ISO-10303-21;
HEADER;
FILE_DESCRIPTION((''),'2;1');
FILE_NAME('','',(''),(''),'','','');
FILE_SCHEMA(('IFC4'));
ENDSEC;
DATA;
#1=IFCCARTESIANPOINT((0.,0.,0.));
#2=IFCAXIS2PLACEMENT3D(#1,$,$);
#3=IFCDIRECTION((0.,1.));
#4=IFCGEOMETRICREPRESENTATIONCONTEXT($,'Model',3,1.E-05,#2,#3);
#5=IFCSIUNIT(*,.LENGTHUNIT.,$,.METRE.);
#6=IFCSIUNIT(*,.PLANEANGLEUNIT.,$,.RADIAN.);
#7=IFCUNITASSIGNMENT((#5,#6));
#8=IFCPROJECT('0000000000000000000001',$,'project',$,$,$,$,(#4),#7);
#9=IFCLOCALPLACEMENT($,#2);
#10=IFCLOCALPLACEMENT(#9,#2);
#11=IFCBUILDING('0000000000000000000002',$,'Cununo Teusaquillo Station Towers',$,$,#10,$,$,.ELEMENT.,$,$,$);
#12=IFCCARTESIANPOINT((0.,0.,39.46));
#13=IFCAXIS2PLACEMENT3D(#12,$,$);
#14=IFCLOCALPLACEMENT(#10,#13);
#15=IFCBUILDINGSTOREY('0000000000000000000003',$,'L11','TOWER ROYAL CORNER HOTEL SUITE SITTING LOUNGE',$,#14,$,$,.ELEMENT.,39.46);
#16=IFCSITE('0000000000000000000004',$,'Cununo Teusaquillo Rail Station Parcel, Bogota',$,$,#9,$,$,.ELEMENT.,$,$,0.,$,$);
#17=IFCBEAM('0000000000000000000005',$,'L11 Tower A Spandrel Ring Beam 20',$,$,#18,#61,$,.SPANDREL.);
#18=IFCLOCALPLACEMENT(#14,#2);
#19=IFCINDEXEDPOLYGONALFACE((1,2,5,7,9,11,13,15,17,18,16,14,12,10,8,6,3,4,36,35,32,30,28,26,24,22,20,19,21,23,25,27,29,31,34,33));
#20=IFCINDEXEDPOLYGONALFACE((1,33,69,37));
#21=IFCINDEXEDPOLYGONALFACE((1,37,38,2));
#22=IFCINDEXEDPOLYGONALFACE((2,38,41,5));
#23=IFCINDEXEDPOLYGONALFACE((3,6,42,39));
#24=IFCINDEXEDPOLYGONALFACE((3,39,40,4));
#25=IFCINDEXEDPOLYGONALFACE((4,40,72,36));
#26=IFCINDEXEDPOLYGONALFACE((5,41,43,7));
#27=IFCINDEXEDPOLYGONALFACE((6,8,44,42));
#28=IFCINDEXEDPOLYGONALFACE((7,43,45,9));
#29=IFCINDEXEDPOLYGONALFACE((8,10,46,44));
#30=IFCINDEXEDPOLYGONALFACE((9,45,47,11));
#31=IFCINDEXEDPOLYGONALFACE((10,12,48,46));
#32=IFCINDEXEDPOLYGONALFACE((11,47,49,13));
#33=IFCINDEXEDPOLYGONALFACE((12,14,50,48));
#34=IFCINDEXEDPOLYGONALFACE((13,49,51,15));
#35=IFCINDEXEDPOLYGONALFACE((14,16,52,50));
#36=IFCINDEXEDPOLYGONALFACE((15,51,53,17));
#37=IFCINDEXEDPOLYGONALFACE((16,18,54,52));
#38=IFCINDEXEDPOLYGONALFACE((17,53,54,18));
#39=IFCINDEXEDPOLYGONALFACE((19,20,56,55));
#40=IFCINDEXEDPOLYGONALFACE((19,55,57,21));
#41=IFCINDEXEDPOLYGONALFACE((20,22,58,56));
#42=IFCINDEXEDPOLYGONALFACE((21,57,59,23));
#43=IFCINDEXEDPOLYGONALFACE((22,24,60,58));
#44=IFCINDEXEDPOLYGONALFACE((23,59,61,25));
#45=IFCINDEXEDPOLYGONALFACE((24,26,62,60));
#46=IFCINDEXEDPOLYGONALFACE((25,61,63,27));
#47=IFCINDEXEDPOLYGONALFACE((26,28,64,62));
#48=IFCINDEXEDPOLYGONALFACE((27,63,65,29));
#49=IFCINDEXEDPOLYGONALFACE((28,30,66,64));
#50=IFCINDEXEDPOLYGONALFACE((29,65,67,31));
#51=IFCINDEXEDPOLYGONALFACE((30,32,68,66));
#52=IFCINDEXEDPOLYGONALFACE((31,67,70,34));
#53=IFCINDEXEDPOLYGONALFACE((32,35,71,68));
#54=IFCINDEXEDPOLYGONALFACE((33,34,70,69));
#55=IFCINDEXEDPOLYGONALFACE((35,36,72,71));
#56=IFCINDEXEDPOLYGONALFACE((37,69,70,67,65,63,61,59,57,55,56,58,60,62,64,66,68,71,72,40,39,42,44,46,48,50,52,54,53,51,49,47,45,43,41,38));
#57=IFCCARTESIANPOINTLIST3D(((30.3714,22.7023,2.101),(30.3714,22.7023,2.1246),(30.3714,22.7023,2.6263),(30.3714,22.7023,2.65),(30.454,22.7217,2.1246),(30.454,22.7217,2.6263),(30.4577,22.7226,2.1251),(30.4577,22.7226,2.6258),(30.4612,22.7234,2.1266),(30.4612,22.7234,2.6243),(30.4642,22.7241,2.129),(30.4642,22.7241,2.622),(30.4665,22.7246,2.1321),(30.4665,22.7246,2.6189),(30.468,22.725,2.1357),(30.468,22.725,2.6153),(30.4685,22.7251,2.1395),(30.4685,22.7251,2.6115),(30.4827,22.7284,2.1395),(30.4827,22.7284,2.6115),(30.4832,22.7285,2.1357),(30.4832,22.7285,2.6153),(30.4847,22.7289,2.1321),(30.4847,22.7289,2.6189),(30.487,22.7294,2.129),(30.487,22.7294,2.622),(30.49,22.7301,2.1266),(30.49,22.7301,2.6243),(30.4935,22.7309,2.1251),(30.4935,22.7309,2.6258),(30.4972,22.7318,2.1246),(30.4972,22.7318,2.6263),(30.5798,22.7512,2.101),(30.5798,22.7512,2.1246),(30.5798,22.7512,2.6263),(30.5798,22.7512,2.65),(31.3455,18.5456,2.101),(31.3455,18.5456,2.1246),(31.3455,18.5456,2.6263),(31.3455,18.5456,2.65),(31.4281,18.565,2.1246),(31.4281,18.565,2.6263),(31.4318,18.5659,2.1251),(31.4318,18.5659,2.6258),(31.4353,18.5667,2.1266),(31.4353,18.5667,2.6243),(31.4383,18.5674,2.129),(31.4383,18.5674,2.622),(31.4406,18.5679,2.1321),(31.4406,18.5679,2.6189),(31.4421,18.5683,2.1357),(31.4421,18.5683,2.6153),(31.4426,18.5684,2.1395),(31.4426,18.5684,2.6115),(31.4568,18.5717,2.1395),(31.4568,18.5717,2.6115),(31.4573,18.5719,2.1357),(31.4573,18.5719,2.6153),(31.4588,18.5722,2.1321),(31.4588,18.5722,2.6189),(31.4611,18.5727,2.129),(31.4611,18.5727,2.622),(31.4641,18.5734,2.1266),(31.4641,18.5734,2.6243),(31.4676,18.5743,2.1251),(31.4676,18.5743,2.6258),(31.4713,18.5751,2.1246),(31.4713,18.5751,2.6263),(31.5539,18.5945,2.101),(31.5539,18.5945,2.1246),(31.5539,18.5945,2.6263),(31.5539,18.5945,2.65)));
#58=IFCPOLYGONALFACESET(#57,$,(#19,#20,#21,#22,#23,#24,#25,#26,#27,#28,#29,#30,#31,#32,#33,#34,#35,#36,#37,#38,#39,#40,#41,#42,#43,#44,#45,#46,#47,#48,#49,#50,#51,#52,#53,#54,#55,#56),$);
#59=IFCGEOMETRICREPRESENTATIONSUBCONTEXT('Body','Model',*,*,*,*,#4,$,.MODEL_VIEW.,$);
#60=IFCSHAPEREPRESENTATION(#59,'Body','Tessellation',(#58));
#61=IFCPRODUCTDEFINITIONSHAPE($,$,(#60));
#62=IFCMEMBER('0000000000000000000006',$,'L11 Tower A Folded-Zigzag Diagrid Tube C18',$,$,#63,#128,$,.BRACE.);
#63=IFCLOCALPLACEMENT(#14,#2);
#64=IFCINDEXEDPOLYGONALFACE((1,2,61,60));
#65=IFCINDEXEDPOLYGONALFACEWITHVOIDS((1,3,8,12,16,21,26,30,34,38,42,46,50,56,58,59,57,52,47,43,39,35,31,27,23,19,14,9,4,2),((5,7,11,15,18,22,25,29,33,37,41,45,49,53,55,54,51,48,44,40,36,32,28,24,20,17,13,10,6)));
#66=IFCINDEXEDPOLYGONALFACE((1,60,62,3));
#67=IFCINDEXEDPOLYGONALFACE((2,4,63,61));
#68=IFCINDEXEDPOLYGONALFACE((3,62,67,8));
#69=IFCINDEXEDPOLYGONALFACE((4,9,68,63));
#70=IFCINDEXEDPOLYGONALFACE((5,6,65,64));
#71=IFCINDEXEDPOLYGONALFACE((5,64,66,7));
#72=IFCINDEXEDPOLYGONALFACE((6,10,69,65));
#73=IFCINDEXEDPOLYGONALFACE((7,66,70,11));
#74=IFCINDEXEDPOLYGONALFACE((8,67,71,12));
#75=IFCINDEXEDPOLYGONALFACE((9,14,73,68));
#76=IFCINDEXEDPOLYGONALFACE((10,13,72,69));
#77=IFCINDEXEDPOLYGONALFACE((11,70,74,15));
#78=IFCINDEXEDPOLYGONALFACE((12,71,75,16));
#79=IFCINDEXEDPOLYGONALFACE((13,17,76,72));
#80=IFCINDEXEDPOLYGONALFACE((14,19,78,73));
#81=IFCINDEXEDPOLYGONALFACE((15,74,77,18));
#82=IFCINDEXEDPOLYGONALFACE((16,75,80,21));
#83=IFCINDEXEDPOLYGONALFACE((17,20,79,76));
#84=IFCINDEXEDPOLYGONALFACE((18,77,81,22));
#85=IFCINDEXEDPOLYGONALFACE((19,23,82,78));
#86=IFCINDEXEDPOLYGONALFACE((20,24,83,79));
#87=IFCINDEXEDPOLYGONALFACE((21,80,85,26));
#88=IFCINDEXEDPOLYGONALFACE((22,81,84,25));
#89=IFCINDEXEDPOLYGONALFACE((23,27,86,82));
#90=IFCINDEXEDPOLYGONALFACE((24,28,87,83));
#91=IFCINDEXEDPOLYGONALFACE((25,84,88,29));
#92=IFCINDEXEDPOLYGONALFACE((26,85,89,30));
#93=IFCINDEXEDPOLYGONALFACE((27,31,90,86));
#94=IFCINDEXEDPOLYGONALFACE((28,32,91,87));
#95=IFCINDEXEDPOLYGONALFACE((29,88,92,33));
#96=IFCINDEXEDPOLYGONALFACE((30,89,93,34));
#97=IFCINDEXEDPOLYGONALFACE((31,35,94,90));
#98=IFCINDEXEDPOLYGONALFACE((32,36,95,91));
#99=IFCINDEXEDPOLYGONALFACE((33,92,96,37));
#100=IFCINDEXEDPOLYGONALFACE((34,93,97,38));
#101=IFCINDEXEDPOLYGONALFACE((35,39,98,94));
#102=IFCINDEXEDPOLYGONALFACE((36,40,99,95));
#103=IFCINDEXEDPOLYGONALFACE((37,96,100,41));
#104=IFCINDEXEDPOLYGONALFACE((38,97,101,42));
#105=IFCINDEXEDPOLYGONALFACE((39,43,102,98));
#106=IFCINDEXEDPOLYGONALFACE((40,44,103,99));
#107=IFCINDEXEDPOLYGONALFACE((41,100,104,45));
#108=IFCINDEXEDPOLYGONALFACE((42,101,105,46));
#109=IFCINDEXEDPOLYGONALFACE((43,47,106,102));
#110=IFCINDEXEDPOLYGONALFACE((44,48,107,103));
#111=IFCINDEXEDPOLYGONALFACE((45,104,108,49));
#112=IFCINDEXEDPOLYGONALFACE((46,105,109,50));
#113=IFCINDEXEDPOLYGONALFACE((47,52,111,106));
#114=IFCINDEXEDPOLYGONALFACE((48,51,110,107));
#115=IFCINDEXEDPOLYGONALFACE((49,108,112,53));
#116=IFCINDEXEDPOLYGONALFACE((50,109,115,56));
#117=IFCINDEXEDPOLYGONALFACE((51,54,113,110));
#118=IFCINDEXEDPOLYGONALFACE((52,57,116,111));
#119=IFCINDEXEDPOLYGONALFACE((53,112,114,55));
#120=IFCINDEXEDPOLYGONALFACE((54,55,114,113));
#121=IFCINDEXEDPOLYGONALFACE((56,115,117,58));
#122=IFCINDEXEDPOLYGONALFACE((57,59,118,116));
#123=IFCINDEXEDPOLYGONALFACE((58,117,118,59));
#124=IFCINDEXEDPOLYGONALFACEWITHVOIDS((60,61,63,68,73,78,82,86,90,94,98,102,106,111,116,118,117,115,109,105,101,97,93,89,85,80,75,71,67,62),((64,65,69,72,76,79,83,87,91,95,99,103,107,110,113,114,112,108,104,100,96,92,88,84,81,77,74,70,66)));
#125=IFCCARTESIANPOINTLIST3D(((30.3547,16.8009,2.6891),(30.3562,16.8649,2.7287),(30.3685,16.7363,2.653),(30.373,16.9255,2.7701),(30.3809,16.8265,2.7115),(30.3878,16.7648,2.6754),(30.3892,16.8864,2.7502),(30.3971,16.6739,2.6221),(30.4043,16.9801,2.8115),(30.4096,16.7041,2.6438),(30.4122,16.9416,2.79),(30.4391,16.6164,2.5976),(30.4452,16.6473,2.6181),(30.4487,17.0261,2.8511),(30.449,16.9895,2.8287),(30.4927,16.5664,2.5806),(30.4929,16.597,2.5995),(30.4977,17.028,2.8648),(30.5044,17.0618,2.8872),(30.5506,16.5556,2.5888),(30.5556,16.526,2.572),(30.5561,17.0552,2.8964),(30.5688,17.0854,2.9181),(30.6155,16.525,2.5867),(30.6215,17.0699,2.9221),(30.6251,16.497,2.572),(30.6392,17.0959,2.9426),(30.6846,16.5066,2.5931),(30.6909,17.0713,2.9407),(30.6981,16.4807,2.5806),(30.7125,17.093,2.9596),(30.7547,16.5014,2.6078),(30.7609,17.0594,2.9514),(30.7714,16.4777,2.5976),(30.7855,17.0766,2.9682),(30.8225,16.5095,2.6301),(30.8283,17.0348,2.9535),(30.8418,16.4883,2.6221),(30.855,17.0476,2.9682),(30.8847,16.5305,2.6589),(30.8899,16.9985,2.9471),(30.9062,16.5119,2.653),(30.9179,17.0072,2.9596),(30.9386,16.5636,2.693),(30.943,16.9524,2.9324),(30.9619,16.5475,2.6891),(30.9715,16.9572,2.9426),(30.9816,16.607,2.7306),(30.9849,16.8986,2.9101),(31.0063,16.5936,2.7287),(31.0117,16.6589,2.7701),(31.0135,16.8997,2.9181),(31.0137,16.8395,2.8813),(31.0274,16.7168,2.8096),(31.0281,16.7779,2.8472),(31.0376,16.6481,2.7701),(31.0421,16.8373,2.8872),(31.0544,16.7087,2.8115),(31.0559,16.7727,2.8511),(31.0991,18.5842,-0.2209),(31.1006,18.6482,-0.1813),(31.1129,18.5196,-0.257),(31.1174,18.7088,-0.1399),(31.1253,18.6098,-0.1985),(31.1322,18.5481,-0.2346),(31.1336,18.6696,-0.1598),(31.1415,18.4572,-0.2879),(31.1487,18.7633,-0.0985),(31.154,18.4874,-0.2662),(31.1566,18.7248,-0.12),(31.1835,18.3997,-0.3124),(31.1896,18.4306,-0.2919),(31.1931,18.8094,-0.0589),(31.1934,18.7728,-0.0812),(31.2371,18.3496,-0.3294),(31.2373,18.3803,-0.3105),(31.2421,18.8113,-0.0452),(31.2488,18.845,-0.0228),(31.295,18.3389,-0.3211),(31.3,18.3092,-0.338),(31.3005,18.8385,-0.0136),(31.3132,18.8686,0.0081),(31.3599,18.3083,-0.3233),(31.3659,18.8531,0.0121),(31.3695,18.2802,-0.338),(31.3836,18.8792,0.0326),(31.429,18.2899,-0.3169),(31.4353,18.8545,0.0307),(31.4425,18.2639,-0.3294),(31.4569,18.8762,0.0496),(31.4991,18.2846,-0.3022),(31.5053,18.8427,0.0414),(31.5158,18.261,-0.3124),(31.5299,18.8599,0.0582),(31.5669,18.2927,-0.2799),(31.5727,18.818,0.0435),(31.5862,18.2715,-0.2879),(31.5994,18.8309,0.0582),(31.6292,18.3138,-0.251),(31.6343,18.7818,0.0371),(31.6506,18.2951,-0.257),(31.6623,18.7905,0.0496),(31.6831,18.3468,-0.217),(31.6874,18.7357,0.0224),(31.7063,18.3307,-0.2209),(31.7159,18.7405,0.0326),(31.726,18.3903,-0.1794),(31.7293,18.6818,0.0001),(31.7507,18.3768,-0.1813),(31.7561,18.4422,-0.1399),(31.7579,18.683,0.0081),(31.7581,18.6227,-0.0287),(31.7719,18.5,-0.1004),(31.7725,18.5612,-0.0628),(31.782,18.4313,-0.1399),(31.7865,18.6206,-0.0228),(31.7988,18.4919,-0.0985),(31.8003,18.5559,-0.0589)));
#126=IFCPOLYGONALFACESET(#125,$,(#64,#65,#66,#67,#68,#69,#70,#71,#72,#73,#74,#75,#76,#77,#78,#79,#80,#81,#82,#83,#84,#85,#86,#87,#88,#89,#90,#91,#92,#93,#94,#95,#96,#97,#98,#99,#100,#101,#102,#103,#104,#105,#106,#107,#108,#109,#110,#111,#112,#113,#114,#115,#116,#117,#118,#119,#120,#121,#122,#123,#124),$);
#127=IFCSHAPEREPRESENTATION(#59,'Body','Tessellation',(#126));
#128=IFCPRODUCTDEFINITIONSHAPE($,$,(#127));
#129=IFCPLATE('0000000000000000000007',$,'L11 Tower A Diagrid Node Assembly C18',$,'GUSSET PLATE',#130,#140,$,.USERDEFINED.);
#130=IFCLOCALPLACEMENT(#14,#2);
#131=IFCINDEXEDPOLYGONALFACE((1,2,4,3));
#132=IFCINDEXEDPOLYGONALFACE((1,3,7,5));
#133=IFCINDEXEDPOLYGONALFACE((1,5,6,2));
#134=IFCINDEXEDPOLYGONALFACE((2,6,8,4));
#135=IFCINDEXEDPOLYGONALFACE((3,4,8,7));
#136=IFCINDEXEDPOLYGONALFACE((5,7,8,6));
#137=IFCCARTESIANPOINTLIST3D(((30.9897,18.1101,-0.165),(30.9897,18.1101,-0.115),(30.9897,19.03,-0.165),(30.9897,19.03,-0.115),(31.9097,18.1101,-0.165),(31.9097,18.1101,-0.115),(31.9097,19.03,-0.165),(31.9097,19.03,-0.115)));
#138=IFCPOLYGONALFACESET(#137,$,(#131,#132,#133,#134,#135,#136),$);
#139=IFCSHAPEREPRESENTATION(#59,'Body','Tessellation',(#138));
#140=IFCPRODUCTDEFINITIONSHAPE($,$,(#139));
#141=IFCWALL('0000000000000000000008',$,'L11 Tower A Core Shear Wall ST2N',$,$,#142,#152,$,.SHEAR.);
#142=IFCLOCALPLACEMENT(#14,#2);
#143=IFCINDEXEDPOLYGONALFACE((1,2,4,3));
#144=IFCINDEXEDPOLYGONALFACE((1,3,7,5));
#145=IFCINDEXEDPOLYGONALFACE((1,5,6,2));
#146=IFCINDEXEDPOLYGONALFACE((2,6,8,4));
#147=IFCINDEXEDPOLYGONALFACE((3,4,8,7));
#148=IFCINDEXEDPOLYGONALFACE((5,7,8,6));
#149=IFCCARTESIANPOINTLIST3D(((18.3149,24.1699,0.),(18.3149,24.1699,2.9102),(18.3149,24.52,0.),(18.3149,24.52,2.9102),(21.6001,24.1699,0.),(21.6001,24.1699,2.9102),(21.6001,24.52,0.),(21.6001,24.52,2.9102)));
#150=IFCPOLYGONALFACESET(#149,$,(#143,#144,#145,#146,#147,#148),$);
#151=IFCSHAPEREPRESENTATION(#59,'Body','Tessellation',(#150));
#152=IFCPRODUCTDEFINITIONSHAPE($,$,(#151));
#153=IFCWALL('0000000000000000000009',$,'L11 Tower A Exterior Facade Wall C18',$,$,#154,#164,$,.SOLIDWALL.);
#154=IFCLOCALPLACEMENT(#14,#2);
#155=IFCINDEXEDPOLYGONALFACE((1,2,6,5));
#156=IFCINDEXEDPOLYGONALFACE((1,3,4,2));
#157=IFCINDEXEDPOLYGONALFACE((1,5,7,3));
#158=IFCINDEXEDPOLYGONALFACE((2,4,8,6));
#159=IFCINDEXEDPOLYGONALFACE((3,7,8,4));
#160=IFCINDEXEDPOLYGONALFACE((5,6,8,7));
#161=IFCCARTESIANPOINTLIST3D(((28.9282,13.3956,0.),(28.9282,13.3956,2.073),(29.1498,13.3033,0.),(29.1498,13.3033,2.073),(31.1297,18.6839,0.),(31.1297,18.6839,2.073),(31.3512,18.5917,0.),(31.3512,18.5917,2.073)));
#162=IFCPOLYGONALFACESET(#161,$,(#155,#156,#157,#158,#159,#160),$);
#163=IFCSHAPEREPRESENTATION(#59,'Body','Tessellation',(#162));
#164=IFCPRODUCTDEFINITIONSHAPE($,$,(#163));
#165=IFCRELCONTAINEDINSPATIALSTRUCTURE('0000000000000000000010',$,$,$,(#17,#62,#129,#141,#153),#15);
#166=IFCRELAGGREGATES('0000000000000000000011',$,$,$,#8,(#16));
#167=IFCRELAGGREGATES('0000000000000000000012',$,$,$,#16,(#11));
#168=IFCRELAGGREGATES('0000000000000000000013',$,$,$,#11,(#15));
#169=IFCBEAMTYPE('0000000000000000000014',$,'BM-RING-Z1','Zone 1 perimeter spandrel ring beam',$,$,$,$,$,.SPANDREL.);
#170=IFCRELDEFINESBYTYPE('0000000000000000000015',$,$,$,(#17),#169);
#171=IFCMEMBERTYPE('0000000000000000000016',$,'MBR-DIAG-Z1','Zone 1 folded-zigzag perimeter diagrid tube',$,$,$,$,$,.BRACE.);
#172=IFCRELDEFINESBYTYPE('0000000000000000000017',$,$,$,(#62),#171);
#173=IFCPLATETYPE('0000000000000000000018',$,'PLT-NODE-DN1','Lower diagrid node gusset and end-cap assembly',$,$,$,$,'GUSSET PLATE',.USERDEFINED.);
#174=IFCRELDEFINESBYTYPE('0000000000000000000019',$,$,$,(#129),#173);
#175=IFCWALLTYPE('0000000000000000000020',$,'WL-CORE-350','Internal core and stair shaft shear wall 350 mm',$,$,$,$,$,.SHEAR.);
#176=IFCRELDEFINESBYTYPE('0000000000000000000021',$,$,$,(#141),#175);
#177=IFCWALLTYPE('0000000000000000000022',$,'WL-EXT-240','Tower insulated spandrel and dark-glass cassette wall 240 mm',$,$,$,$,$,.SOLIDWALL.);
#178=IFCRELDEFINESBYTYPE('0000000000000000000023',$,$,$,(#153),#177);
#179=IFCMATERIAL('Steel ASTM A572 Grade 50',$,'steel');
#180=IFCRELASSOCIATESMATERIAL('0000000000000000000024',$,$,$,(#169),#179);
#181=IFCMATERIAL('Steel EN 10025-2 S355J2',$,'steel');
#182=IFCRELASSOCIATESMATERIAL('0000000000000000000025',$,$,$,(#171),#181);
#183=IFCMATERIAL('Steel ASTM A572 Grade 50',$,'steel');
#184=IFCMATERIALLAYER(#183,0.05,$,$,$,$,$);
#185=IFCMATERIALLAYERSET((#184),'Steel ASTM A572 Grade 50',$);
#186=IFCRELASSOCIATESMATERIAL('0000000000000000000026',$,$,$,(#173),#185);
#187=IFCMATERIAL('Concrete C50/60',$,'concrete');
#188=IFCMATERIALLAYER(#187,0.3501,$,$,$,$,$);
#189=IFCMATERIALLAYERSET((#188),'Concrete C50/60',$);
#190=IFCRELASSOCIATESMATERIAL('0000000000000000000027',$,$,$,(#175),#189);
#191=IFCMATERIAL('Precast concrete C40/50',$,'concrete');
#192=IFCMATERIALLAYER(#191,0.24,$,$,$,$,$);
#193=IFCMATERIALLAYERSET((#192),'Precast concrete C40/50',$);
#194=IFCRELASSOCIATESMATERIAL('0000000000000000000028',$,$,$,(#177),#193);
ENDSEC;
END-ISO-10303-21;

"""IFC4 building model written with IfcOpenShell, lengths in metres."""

from ifc_helpers import new_model, si_unit, direction, frame, frame_2d, origin, origin_2d, place, context, subcontext, project, spatial, rectangle, hollow_circle, i_section, extrude, source, transform, mapped, material, layer, layer_set, material_profile, profile_set, type_object, element, save


model = new_model("IFC4")

# Units and contexts
model_context = context("Model", 3, precision=1e-05, world=origin(), true_north=direction((0.0, 1.0)))
body_context = subcontext(model_context, "Body", "Model", "MODEL_VIEW")
ifc_project = project(units=[si_unit("LENGTHUNIT", "METRE"), si_unit("PLANEANGLEUNIT", "RADIAN")], contexts=[model_context])

# Site, building, storey
site_placement = place(None, origin())
site = spatial("IfcSite", under=ifc_project, at=site_placement, Name="Cununo Teusaquillo Rail Station Parcel, Bogota", CompositionType="ELEMENT", RefElevation=0.0)
building_placement = place(site_placement, origin())
building = spatial("IfcBuilding", under=site, at=building_placement, Name="Cununo Teusaquillo Station Towers", CompositionType="ELEMENT")
storey_placement = place(building_placement, frame((0.0, 0.0, 39.46)))
storey = spatial("IfcBuildingStorey", under=building, at=storey_placement, Name="L11", Description="TOWER ROYAL CORNER HOTEL SUITE SITTING LOUNGE", CompositionType="ELEMENT", Elevation=39.46)

# Beam
ifc_material_1 = material(Name="Steel ASTM A572 Grade 50", Category="steel")
ifc_material_profile_1 = material_profile(ifc_material_1, i_section(OverallWidth=0.2141, OverallDepth=0.5491, WebThickness=0.0146, FlangeThickness=0.0237, FilletRadius=0.0149, at=origin_2d()), Name="W21X93")
ifc_profile_set_1 = profile_set([ifc_material_profile_1], Name="Steel ASTM A572 Grade 50")
beam_type_1 = type_object("IfcBeamType", Name="BM-RING-Z1", Description="Zone 1 perimeter spandrel ring beam", PredefinedType="SPANDREL", material=ifc_profile_set_1)
beam_1_placement = place(storey_placement, frame((31.4497, 18.5701, 2.3755), z_axis=(-0.228166, 0.973622, 0.0), x_axis=(-0.973622, -0.228166, 0.0)))
element("IfcBeam", 1, at=beam_1_placement, inside=storey, type_object=beam_type_1, Name="L11 Tower A Spandrel Ring Beam 20", PredefinedType="SPANDREL", context=body_context, shape_type="SweptSolid", body=[
    extrude(i_section(OverallWidth=0.2141, OverallDepth=0.5491, WebThickness=0.0146, FlangeThickness=0.0237, FilletRadius=0.0149, at=origin_2d()), origin(), (0.0, 0.0, 1.0), 4.2693),
])

# Member
ifc_material_2 = material(Name="Steel EN 10025-2 S355J2", Category="steel")
ifc_material_profile_2 = material_profile(ifc_material_2, hollow_circle(Radius=0.3601, WallThickness=0.0281, at=origin_2d()), Name="CHS 720x28")
ifc_profile_set_2 = profile_set([ifc_material_profile_2], Name="Steel EN 10025-2 S355J2")
member_type = type_object("IfcMemberType", Name="MBR-DIAG-Z1", Description="Zone 1 folded-zigzag perimeter diagrid tube", PredefinedType="BRACE", material=ifc_profile_set_2)
member_placement = place(storey_placement, frame((31.4497, 18.5701, -0.1399), z_axis=(-0.213104, -0.510498, 0.833054), x_axis=(0.922823, -0.385225, 0.0)))
element("IfcMember", 2, at=member_placement, inside=storey, type_object=member_type, Name="L11 Tower A Folded-Zigzag Diagrid Tube C18", PredefinedType="BRACE", context=body_context, shape_type="SweptSolid", body=[
    extrude(hollow_circle(Radius=0.3601, WallThickness=0.0281, at=origin_2d()), origin(), (0.0, 0.0, 1.0), 3.4932),
])

# Plate
ifc_material_3 = material(Name="Steel ASTM A572 Grade 50", Category="steel")
ifc_layer_1 = layer(ifc_material_3, 0.05)
ifc_layer_set_1 = layer_set([ifc_layer_1], Name="Steel ASTM A572 Grade 50")
plate_type = type_object("IfcPlateType", Name="PLT-NODE-DN1", Description="Lower diagrid node gusset and end-cap assembly", ElementType="GUSSET PLATE", PredefinedType="USERDEFINED", material=ifc_layer_set_1)
shared_shape_1 = source(origin(), body_context, "Body", "SweptSolid", [
    extrude(rectangle(XDim=0.9199, YDim=0.9199, at=origin_2d()), origin(), (0.0, 0.0, 1.0), 0.05),
])
plate_placement = place(storey_placement, frame((31.4497, 18.5701, -0.165), z_axis=(0.0, 0.0, 1.0), x_axis=(1.0, 0.0, 0.0)))
element("IfcPlate", 3, at=plate_placement, inside=storey, type_object=plate_type, Name="L11 Tower A Diagrid Node Assembly C18", ObjectType="GUSSET PLATE", PredefinedType="USERDEFINED", context=body_context, shape_type="MappedRepresentation", body=[
    mapped(shared_shape_1, transform((0.0, 0.0, 0.0), x_axis=(1.0, 0.0, 0.0), y_axis=(0.0, 1.0, 0.0), z_axis=(0.0, 0.0, 1.0), scale=1.0)),
])

# Walls
ifc_material_4 = material(Name="Concrete C50/60", Category="concrete")
ifc_layer_2 = layer(ifc_material_4, 0.3501)
ifc_layer_set_2 = layer_set([ifc_layer_2], Name="Concrete C50/60")
wall_type_1 = type_object("IfcWallType", Name="WL-CORE-350", Description="Internal core and stair shaft shear wall 350 mm", PredefinedType="SHEAR", material=ifc_layer_set_2)
wall_1_placement = place(storey_placement, frame((18.3149, 24.345, 0.0), z_axis=(0.0, 0.0, 1.0), x_axis=(1.0, 0.0, 0.0)))
element("IfcWall", 4, at=wall_1_placement, inside=storey, type_object=wall_type_1, Name="L11 Tower A Core Shear Wall ST2N", PredefinedType="SHEAR", context=body_context, shape_type="SweptSolid", body=[
    extrude(rectangle(XDim=3.2852, YDim=0.3501, at=frame_2d((1.6426, 0.0))), origin(), (0.0, 0.0, 1.0), 2.9102),
])
ifc_material_5 = material(Name="Precast concrete C40/50", Category="concrete")
ifc_layer_3 = layer(ifc_material_5, 0.24)
ifc_layer_set_3 = layer_set([ifc_layer_3], Name="Precast concrete C40/50")
wall_type_2 = type_object("IfcWallType", Name="WL-EXT-240", Description="Tower insulated spandrel and dark-glass cassette wall 240 mm", PredefinedType="SOLIDWALL", material=ifc_layer_set_3)
wall_2_placement = place(storey_placement, frame((31.2405, 18.6379, 0.0), z_axis=(0.0, 0.0, 1.0), x_axis=(-0.38431, -0.923204, 0.0)))
element("IfcWall", 5, at=wall_2_placement, inside=storey, type_object=wall_type_2, Name="L11 Tower A Exterior Facade Wall C18", PredefinedType="SOLIDWALL", context=body_context, shape_type="SweptSolid", body=[
    extrude(rectangle(XDim=5.7283, YDim=0.24, at=frame_2d((2.8643, 0.0))), origin(), (0.0, 0.0, 1.0), 2.073),
])

save(model, "model.ifc")
